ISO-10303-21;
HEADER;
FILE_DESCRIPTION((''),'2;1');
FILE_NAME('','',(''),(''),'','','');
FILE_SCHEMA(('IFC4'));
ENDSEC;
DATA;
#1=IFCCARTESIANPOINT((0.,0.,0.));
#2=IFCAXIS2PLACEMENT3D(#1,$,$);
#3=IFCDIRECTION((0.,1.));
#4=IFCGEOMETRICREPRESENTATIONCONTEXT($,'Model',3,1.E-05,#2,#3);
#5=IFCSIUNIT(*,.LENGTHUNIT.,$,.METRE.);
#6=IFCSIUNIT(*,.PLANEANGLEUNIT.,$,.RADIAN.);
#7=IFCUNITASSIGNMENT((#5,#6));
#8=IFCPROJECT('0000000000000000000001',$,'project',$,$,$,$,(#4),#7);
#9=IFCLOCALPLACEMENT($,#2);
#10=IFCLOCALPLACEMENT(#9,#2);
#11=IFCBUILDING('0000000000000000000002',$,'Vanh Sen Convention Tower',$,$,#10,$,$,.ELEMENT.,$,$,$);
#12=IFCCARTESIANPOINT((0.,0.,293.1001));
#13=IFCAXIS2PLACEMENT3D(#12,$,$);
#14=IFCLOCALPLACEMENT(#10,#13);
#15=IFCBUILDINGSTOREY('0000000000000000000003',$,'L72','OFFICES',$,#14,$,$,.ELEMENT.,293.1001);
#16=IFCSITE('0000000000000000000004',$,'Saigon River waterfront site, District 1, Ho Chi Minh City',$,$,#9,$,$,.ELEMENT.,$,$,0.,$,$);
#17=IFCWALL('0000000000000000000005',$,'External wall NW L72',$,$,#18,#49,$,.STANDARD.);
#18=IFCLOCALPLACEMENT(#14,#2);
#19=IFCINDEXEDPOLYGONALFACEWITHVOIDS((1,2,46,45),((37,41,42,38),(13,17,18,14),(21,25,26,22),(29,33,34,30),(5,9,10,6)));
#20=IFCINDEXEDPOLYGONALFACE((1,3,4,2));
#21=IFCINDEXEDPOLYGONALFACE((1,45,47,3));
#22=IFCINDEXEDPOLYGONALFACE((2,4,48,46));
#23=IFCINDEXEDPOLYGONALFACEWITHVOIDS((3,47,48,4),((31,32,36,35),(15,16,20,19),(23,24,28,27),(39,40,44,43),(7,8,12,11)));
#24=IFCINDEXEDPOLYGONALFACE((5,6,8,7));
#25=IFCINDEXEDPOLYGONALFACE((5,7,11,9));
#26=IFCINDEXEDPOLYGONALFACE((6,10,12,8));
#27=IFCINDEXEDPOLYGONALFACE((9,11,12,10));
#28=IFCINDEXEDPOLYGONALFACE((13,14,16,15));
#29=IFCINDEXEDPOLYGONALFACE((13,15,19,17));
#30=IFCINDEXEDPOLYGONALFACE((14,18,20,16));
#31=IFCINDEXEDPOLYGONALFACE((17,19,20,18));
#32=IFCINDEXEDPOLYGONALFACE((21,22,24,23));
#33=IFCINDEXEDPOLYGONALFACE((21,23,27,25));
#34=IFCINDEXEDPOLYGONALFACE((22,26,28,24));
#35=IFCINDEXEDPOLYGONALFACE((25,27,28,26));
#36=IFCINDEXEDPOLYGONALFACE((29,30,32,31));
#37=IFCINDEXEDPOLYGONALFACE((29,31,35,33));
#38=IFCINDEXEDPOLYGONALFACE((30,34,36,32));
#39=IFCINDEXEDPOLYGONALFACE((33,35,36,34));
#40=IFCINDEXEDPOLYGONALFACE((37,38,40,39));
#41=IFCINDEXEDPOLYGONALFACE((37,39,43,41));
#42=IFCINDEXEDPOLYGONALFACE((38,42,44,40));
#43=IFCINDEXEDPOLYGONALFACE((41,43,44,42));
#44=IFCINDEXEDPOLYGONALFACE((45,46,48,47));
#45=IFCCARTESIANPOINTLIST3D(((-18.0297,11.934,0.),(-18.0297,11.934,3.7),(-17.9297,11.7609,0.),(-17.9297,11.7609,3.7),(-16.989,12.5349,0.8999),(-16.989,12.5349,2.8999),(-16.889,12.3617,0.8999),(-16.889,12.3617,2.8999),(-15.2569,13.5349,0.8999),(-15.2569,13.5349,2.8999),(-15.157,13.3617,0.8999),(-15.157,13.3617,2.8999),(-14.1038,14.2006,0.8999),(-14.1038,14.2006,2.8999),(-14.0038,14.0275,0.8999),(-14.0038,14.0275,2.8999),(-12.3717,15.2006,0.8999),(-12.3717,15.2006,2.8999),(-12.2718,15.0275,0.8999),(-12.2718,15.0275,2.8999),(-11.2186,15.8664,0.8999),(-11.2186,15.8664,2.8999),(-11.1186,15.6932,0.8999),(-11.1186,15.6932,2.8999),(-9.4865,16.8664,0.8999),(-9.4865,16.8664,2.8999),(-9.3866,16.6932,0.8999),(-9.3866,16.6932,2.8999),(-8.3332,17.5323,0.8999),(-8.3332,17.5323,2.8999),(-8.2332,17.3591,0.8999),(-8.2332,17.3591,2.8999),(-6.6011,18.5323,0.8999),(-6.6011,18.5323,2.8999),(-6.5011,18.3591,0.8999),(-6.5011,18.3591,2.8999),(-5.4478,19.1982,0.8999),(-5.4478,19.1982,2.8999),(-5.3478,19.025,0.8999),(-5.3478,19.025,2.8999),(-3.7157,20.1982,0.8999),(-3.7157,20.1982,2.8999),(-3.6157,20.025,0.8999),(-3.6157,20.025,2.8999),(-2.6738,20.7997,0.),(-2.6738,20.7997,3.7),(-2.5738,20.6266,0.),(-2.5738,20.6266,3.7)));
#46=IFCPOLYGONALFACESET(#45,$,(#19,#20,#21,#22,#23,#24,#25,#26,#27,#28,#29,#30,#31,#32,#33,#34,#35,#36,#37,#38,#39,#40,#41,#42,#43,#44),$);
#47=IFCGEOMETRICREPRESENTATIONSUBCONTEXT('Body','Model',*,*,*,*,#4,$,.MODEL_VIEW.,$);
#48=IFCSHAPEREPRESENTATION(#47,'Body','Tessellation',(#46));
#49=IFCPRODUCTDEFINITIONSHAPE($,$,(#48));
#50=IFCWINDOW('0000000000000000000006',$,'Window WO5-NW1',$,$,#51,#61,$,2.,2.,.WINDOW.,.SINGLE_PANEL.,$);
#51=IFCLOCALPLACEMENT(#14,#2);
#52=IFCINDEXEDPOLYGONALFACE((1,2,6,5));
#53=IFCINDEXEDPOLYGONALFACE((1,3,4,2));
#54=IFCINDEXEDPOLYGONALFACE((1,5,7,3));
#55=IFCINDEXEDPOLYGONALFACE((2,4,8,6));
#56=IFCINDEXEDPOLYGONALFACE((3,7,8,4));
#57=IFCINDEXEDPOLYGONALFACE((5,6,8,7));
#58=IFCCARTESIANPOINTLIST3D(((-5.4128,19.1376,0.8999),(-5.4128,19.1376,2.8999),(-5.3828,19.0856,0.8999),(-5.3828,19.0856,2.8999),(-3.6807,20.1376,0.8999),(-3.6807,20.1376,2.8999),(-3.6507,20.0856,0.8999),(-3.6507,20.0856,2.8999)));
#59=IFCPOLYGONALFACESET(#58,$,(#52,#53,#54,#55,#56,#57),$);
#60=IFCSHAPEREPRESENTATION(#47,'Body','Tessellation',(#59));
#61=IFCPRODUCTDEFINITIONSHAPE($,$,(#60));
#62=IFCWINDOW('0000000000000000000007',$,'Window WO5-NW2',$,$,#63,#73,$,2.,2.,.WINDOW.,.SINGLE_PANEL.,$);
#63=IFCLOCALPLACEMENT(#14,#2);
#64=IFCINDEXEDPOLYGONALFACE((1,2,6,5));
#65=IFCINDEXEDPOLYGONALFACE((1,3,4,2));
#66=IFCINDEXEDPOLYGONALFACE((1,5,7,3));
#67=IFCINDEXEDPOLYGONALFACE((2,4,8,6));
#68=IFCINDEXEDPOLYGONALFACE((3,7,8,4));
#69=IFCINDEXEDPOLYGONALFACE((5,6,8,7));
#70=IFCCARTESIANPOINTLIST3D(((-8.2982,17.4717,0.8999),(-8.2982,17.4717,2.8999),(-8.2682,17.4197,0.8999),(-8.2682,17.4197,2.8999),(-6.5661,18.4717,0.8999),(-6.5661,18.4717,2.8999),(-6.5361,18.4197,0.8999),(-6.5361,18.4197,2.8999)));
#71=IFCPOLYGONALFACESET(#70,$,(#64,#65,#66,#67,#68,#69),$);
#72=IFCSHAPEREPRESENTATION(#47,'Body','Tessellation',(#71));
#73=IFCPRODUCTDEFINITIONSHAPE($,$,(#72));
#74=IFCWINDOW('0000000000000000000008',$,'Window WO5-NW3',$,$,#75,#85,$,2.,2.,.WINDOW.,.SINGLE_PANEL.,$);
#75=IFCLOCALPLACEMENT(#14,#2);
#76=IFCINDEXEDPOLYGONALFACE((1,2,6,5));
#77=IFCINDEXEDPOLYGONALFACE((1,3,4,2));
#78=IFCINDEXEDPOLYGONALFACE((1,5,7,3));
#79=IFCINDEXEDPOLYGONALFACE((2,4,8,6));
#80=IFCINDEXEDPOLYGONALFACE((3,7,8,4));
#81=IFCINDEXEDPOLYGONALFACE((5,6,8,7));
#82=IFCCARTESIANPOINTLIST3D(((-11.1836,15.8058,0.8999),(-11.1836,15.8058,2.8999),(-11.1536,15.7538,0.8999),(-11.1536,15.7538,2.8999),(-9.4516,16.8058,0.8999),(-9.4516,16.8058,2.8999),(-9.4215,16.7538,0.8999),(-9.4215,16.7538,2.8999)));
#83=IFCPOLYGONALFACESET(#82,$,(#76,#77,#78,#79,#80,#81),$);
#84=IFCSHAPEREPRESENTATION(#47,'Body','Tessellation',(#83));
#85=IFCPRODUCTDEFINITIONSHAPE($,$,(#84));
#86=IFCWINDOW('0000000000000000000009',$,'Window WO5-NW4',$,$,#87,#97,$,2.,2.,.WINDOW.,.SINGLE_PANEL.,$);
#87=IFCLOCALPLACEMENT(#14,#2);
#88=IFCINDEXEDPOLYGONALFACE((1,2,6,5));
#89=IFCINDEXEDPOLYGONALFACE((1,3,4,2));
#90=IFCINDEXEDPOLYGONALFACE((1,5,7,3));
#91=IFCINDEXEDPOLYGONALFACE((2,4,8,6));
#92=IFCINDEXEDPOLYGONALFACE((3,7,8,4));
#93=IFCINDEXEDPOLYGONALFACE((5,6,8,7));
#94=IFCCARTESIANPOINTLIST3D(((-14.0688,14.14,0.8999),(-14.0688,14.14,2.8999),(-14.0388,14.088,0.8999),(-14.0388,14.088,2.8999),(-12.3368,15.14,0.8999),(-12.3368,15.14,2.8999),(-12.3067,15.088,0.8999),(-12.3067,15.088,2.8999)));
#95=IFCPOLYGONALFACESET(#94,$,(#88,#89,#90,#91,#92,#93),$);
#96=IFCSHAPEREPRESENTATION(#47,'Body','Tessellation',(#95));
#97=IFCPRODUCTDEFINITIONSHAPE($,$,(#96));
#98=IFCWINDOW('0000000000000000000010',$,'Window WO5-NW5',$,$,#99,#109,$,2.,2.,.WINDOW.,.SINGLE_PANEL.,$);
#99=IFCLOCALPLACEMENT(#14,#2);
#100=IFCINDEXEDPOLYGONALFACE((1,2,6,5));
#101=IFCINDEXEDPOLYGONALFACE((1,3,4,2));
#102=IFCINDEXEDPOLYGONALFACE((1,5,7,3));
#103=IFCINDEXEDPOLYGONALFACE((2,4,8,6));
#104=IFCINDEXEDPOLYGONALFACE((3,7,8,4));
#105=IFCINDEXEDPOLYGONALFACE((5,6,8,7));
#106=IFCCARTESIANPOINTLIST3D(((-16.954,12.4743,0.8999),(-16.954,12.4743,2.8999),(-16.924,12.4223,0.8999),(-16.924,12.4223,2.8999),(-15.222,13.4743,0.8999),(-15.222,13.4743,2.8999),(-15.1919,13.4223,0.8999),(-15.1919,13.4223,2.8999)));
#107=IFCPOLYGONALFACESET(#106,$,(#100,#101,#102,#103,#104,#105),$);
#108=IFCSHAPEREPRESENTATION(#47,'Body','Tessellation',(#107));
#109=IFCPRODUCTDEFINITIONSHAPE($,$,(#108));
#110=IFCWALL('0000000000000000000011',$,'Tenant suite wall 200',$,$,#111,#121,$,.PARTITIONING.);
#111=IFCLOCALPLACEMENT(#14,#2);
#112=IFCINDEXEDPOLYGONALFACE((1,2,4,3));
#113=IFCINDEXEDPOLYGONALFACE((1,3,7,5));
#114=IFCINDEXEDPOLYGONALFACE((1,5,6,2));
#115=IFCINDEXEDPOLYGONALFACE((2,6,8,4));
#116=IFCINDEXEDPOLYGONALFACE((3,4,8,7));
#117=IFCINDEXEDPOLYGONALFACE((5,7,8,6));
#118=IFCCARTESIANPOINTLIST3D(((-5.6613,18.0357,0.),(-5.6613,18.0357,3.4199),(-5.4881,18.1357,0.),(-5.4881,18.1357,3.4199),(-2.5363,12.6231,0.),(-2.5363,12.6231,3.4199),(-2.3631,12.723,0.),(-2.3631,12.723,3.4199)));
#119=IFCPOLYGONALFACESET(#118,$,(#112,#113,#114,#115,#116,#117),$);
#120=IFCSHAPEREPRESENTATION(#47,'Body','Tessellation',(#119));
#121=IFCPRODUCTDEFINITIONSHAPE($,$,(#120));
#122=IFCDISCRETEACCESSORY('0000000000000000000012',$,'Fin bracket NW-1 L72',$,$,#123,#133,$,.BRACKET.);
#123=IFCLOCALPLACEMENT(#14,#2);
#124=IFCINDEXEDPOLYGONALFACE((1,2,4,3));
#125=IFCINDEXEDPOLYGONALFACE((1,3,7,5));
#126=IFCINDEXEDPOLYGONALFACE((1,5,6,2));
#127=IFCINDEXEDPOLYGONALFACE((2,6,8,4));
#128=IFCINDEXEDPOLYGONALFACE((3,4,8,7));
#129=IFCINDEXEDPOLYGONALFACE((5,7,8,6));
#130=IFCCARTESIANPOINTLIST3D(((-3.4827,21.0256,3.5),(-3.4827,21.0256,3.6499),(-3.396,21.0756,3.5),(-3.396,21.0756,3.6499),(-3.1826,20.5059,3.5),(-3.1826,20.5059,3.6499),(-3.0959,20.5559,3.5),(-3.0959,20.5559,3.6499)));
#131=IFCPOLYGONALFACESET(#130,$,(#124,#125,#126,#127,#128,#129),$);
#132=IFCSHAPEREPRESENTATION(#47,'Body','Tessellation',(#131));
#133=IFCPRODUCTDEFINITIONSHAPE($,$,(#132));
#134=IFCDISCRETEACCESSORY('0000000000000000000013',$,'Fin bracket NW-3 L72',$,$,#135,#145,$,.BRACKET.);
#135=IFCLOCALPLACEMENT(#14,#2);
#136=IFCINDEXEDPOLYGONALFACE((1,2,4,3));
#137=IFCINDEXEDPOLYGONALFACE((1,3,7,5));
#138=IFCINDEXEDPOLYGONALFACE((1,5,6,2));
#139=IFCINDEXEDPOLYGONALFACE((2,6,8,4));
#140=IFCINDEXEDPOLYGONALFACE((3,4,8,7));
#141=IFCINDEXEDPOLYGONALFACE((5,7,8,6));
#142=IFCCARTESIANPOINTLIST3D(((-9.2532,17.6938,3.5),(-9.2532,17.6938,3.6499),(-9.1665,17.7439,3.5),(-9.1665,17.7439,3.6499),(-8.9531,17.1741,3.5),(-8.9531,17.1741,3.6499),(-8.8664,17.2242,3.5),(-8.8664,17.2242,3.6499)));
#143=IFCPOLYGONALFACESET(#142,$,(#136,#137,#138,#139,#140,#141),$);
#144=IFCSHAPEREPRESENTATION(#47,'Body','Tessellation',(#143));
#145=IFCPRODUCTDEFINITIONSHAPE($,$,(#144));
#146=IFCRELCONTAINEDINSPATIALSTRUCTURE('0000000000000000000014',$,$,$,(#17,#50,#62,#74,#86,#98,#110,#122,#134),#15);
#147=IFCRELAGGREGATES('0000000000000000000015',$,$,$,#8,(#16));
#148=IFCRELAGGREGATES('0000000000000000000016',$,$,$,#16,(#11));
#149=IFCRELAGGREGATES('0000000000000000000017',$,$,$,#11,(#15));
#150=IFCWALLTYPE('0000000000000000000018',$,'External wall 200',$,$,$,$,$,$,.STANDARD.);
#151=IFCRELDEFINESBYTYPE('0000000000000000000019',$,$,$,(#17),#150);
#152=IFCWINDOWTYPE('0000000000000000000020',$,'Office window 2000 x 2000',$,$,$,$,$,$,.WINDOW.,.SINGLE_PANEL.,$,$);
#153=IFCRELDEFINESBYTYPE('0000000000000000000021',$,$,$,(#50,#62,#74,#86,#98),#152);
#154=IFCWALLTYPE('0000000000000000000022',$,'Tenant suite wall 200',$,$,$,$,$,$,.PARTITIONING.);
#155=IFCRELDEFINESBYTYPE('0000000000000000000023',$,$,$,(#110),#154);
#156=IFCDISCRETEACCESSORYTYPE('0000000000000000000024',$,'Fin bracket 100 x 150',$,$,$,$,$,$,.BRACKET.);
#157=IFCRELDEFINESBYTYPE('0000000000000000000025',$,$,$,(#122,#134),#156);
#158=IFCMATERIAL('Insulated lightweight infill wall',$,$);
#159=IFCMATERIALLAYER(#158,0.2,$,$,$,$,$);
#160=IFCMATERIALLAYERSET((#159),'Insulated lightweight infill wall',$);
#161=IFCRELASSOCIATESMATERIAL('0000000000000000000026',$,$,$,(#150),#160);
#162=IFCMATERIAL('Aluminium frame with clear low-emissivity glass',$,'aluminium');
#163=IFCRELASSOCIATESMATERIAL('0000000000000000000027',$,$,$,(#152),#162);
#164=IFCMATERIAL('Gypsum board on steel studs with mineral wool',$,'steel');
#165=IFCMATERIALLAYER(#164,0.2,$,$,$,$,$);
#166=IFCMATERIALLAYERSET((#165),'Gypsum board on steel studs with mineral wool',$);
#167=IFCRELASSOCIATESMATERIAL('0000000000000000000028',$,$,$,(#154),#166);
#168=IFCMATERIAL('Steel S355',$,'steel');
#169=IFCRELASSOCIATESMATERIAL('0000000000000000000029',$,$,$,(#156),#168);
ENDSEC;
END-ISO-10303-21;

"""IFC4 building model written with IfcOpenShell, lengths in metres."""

from ifc_helpers import new_model, si_unit, direction, frame, frame_2d, origin, origin_2d, place, context, subcontext, project, spatial, rectangle, extrude, material, layer, layer_set, type_object, element, fill, save


model = new_model("IFC4")

# Units and contexts
model_context = context("Model", 3, precision=1e-05, world=origin(), true_north=direction((0.0, 1.0)))
body_context = subcontext(model_context, "Body", "Model", "MODEL_VIEW")
ifc_project = project(units=[si_unit("LENGTHUNIT", "METRE"), si_unit("PLANEANGLEUNIT", "RADIAN")], contexts=[model_context])

# Site, building, storey
site_placement = place(None, origin())
site = spatial("IfcSite", under=ifc_project, at=site_placement, Name="Saigon River waterfront site, District 1, Ho Chi Minh City", CompositionType="ELEMENT", RefElevation=0.0)
building_placement = place(site_placement, origin())
building = spatial("IfcBuilding", under=site, at=building_placement, Name="Vanh Sen Convention Tower", CompositionType="ELEMENT")
storey_placement = place(building_placement, frame((0.0, 0.0, 293.1001)))
storey = spatial("IfcBuildingStorey", under=building, at=storey_placement, Name="L72", Description="OFFICES", CompositionType="ELEMENT", Elevation=293.1001)

# Shared definitions
ifc_material_1 = material(Name="Gypsum board on steel studs with mineral wool", Category="steel")

# Wall, openings, windows
ifc_material_2 = material(Name="Insulated lightweight infill wall")
ifc_layer_1 = layer(ifc_material_2, 0.2)
ifc_layer_set_1 = layer_set([ifc_layer_1], Name="Insulated lightweight infill wall")
wall_type_1 = type_object("IfcWallType", Name="External wall 200", PredefinedType="STANDARD", material=ifc_layer_set_1)
wall_1_placement = place(storey_placement, frame((-2.6238, 20.7131, 0.0), z_axis=(0.0, 0.0, 1.0), x_axis=(-0.866026, -0.499998, 0.0)))
wall_1 = element("IfcWall", 1, at=wall_1_placement, inside=storey, type_object=wall_type_1, Name="External wall NW L72", PredefinedType="STANDARD", context=body_context, shape_type="SweptSolid", body=[
    extrude(rectangle(XDim=17.7314, YDim=0.2, at=frame_2d((8.8657, 0.0))), origin(), (0.0, 0.0, 1.0), 3.7),
])
opening_1_placement = place(wall_1_placement, frame((1.2031, 0.0, 0.8999)))
opening_1 = element("IfcOpeningElement", 2, at=opening_1_placement, cuts=wall_1, PredefinedType="OPENING", context=body_context, shape_type="SweptSolid", body=[
    extrude(rectangle(XDim=2.0, YDim=2.0, at=frame_2d((1.0, 1.0))), frame((0.0, 0.1099, 0.0), z_axis=(0.0, -1.0, 0.0), x_axis=(1.0, 0.0, 0.0)), (0.0, 0.0, 1.0), 0.22),
])
opening_2_placement = place(wall_1_placement, frame((4.5349, 0.0, 0.8999)))
opening_2 = element("IfcOpeningElement", 3, at=opening_2_placement, cuts=wall_1, PredefinedType="OPENING", context=body_context, shape_type="SweptSolid", body=[
    extrude(rectangle(XDim=2.0, YDim=2.0, at=frame_2d((1.0, 1.0))), frame((0.0, 0.1099, 0.0), z_axis=(0.0, -1.0, 0.0), x_axis=(1.0, 0.0, 0.0)), (0.0, 0.0, 1.0), 0.22),
])
opening_3_placement = place(wall_1_placement, frame((7.8667, 0.0, 0.8999)))
opening_3 = element("IfcOpeningElement", 4, at=opening_3_placement, cuts=wall_1, PredefinedType="OPENING", context=body_context, shape_type="SweptSolid", body=[
    extrude(rectangle(XDim=2.0, YDim=2.0, at=frame_2d((1.0, 1.0))), frame((0.0, 0.1099, 0.0), z_axis=(0.0, -1.0, 0.0), x_axis=(1.0, 0.0, 0.0)), (0.0, 0.0, 1.0), 0.22),
])
opening_4_placement = place(wall_1_placement, frame((11.1982, 0.0, 0.8999)))
opening_4 = element("IfcOpeningElement", 5, at=opening_4_placement, cuts=wall_1, PredefinedType="OPENING", context=body_context, shape_type="SweptSolid", body=[
    extrude(rectangle(XDim=2.0, YDim=2.0, at=frame_2d((1.0, 1.0))), frame((0.0, 0.1099, 0.0), z_axis=(0.0, -1.0, 0.0), x_axis=(1.0, 0.0, 0.0)), (0.0, 0.0, 1.0), 0.22),
])
opening_5_placement = place(wall_1_placement, frame((14.5298, 0.0, 0.8999)))
opening_5 = element("IfcOpeningElement", 6, at=opening_5_placement, cuts=wall_1, PredefinedType="OPENING", context=body_context, shape_type="SweptSolid", body=[
    extrude(rectangle(XDim=2.0, YDim=2.0, at=frame_2d((1.0, 1.0))), frame((0.0, 0.1099, 0.0), z_axis=(0.0, -1.0, 0.0), x_axis=(1.0, 0.0, 0.0)), (0.0, 0.0, 1.0), 0.22),
])
ifc_material_3 = material(Name="Aluminium frame with clear low-emissivity glass", Category="aluminium")
window_type = type_object("IfcWindowType", Name="Office window 2000 x 2000", PartitioningType="SINGLE_PANEL", PredefinedType="WINDOW", material=ifc_material_3)
window_1_placement = place(opening_1_placement, origin())
window_1 = element("IfcWindow", 7, at=window_1_placement, inside=storey, type_object=window_type, Name="Window WO5-NW1", OverallHeight=2.0, OverallWidth=2.0, PartitioningType="SINGLE_PANEL", PredefinedType="WINDOW", context=body_context, shape_type="SweptSolid", body=[
    extrude(rectangle(XDim=2.0, YDim=2.0, at=frame_2d((1.0, 1.0))), frame((0.0, 0.03, 0.0), z_axis=(0.0, -1.0, 0.0), x_axis=(1.0, 0.0, 0.0)), (0.0, 0.0, 1.0), 0.0601),
])
fill(opening_1, window_1)
window_2_placement = place(opening_2_placement, origin())
window_2 = element("IfcWindow", 8, at=window_2_placement, inside=storey, type_object=window_type, Name="Window WO5-NW2", OverallHeight=2.0, OverallWidth=2.0, PartitioningType="SINGLE_PANEL", PredefinedType="WINDOW", context=body_context, shape_type="SweptSolid", body=[
    extrude(rectangle(XDim=2.0, YDim=2.0, at=frame_2d((1.0, 1.0))), frame((0.0, 0.03, 0.0), z_axis=(0.0, -1.0, 0.0), x_axis=(1.0, 0.0, 0.0)), (0.0, 0.0, 1.0), 0.0601),
])
fill(opening_2, window_2)
window_3_placement = place(opening_3_placement, origin())
window_3 = element("IfcWindow", 9, at=window_3_placement, inside=storey, type_object=window_type, Name="Window WO5-NW3", OverallHeight=2.0, OverallWidth=2.0, PartitioningType="SINGLE_PANEL", PredefinedType="WINDOW", context=body_context, shape_type="SweptSolid", body=[
    extrude(rectangle(XDim=2.0, YDim=2.0, at=frame_2d((1.0, 1.0))), frame((0.0, 0.03, 0.0), z_axis=(0.0, -1.0, 0.0), x_axis=(1.0, 0.0, 0.0)), (0.0, 0.0, 1.0), 0.0601),
])
fill(opening_3, window_3)
window_4_placement = place(opening_4_placement, origin())
window_4 = element("IfcWindow", 10, at=window_4_placement, inside=storey, type_object=window_type, Name="Window WO5-NW4", OverallHeight=2.0, OverallWidth=2.0, PartitioningType="SINGLE_PANEL", PredefinedType="WINDOW", context=body_context, shape_type="SweptSolid", body=[
    extrude(rectangle(XDim=2.0, YDim=2.0, at=frame_2d((1.0, 1.0))), frame((0.0, 0.03, 0.0), z_axis=(0.0, -1.0, 0.0), x_axis=(1.0, 0.0, 0.0)), (0.0, 0.0, 1.0), 0.0601),
])
fill(opening_4, window_4)
window_5_placement = place(opening_5_placement, origin())
window_5 = element("IfcWindow", 11, at=window_5_placement, inside=storey, type_object=window_type, Name="Window WO5-NW5", OverallHeight=2.0, OverallWidth=2.0, PartitioningType="SINGLE_PANEL", PredefinedType="WINDOW", context=body_context, shape_type="SweptSolid", body=[
    extrude(rectangle(XDim=2.0, YDim=2.0, at=frame_2d((1.0, 1.0))), frame((0.0, 0.03, 0.0), z_axis=(0.0, -1.0, 0.0), x_axis=(1.0, 0.0, 0.0)), (0.0, 0.0, 1.0), 0.0601),
])
fill(opening_5, window_5)

# Wall
ifc_layer_2 = layer(ifc_material_1, 0.2)
ifc_layer_set_2 = layer_set([ifc_layer_2], Name="Gypsum board on steel studs with mineral wool")
wall_type_2 = type_object("IfcWallType", Name="Tenant suite wall 200", PredefinedType="PARTITIONING", material=ifc_layer_set_2)
wall_2_placement = place(storey_placement, frame((-5.5747, 18.0857, 0.0), z_axis=(0.0, 0.0, 1.0), x_axis=(0.500004, -0.866023, 0.0)))
element("IfcWall", 12, at=wall_2_placement, inside=storey, type_object=wall_type_2, Name="Tenant suite wall 200", PredefinedType="PARTITIONING", context=body_context, shape_type="SweptSolid", body=[
    extrude(rectangle(XDim=6.25, YDim=0.2, at=frame_2d((3.125, 0.0))), origin(), (0.0, 0.0, 1.0), 3.4199),
])

# Discrete accessories
ifc_material_4 = material(Name="Steel S355", Category="steel")
discrete_accessory_type = type_object("IfcDiscreteAccessoryType", Name="Fin bracket 100 x 150", PredefinedType="BRACKET", material=ifc_material_4)
for number, where, z_axis, x_axis, name in (
    (13, (-3.2893, 20.7908, 3.5), (0.0, 0.0, 1.0), (-0.5, 0.866025, 0.0), "Fin bracket NW-1 L72"),
    (14, (-9.0598, 17.459, 3.5), (0.0, 0.0, 1.0), (-0.5, 0.866025, 0.0), "Fin bracket NW-3 L72"),
):
    element("IfcDiscreteAccessory", number, at=place(storey_placement, frame(where, z_axis=z_axis, x_axis=x_axis)), inside=storey, type_object=discrete_accessory_type, Name=name, PredefinedType="BRACKET", context=body_context, shape_type="SweptSolid", body=[
        extrude(rectangle(XDim=0.6001, YDim=0.1001, at=origin_2d()), origin(), (0.0, 0.0, 1.0), 0.1499),
    ])

save(model, "model.ifc")
